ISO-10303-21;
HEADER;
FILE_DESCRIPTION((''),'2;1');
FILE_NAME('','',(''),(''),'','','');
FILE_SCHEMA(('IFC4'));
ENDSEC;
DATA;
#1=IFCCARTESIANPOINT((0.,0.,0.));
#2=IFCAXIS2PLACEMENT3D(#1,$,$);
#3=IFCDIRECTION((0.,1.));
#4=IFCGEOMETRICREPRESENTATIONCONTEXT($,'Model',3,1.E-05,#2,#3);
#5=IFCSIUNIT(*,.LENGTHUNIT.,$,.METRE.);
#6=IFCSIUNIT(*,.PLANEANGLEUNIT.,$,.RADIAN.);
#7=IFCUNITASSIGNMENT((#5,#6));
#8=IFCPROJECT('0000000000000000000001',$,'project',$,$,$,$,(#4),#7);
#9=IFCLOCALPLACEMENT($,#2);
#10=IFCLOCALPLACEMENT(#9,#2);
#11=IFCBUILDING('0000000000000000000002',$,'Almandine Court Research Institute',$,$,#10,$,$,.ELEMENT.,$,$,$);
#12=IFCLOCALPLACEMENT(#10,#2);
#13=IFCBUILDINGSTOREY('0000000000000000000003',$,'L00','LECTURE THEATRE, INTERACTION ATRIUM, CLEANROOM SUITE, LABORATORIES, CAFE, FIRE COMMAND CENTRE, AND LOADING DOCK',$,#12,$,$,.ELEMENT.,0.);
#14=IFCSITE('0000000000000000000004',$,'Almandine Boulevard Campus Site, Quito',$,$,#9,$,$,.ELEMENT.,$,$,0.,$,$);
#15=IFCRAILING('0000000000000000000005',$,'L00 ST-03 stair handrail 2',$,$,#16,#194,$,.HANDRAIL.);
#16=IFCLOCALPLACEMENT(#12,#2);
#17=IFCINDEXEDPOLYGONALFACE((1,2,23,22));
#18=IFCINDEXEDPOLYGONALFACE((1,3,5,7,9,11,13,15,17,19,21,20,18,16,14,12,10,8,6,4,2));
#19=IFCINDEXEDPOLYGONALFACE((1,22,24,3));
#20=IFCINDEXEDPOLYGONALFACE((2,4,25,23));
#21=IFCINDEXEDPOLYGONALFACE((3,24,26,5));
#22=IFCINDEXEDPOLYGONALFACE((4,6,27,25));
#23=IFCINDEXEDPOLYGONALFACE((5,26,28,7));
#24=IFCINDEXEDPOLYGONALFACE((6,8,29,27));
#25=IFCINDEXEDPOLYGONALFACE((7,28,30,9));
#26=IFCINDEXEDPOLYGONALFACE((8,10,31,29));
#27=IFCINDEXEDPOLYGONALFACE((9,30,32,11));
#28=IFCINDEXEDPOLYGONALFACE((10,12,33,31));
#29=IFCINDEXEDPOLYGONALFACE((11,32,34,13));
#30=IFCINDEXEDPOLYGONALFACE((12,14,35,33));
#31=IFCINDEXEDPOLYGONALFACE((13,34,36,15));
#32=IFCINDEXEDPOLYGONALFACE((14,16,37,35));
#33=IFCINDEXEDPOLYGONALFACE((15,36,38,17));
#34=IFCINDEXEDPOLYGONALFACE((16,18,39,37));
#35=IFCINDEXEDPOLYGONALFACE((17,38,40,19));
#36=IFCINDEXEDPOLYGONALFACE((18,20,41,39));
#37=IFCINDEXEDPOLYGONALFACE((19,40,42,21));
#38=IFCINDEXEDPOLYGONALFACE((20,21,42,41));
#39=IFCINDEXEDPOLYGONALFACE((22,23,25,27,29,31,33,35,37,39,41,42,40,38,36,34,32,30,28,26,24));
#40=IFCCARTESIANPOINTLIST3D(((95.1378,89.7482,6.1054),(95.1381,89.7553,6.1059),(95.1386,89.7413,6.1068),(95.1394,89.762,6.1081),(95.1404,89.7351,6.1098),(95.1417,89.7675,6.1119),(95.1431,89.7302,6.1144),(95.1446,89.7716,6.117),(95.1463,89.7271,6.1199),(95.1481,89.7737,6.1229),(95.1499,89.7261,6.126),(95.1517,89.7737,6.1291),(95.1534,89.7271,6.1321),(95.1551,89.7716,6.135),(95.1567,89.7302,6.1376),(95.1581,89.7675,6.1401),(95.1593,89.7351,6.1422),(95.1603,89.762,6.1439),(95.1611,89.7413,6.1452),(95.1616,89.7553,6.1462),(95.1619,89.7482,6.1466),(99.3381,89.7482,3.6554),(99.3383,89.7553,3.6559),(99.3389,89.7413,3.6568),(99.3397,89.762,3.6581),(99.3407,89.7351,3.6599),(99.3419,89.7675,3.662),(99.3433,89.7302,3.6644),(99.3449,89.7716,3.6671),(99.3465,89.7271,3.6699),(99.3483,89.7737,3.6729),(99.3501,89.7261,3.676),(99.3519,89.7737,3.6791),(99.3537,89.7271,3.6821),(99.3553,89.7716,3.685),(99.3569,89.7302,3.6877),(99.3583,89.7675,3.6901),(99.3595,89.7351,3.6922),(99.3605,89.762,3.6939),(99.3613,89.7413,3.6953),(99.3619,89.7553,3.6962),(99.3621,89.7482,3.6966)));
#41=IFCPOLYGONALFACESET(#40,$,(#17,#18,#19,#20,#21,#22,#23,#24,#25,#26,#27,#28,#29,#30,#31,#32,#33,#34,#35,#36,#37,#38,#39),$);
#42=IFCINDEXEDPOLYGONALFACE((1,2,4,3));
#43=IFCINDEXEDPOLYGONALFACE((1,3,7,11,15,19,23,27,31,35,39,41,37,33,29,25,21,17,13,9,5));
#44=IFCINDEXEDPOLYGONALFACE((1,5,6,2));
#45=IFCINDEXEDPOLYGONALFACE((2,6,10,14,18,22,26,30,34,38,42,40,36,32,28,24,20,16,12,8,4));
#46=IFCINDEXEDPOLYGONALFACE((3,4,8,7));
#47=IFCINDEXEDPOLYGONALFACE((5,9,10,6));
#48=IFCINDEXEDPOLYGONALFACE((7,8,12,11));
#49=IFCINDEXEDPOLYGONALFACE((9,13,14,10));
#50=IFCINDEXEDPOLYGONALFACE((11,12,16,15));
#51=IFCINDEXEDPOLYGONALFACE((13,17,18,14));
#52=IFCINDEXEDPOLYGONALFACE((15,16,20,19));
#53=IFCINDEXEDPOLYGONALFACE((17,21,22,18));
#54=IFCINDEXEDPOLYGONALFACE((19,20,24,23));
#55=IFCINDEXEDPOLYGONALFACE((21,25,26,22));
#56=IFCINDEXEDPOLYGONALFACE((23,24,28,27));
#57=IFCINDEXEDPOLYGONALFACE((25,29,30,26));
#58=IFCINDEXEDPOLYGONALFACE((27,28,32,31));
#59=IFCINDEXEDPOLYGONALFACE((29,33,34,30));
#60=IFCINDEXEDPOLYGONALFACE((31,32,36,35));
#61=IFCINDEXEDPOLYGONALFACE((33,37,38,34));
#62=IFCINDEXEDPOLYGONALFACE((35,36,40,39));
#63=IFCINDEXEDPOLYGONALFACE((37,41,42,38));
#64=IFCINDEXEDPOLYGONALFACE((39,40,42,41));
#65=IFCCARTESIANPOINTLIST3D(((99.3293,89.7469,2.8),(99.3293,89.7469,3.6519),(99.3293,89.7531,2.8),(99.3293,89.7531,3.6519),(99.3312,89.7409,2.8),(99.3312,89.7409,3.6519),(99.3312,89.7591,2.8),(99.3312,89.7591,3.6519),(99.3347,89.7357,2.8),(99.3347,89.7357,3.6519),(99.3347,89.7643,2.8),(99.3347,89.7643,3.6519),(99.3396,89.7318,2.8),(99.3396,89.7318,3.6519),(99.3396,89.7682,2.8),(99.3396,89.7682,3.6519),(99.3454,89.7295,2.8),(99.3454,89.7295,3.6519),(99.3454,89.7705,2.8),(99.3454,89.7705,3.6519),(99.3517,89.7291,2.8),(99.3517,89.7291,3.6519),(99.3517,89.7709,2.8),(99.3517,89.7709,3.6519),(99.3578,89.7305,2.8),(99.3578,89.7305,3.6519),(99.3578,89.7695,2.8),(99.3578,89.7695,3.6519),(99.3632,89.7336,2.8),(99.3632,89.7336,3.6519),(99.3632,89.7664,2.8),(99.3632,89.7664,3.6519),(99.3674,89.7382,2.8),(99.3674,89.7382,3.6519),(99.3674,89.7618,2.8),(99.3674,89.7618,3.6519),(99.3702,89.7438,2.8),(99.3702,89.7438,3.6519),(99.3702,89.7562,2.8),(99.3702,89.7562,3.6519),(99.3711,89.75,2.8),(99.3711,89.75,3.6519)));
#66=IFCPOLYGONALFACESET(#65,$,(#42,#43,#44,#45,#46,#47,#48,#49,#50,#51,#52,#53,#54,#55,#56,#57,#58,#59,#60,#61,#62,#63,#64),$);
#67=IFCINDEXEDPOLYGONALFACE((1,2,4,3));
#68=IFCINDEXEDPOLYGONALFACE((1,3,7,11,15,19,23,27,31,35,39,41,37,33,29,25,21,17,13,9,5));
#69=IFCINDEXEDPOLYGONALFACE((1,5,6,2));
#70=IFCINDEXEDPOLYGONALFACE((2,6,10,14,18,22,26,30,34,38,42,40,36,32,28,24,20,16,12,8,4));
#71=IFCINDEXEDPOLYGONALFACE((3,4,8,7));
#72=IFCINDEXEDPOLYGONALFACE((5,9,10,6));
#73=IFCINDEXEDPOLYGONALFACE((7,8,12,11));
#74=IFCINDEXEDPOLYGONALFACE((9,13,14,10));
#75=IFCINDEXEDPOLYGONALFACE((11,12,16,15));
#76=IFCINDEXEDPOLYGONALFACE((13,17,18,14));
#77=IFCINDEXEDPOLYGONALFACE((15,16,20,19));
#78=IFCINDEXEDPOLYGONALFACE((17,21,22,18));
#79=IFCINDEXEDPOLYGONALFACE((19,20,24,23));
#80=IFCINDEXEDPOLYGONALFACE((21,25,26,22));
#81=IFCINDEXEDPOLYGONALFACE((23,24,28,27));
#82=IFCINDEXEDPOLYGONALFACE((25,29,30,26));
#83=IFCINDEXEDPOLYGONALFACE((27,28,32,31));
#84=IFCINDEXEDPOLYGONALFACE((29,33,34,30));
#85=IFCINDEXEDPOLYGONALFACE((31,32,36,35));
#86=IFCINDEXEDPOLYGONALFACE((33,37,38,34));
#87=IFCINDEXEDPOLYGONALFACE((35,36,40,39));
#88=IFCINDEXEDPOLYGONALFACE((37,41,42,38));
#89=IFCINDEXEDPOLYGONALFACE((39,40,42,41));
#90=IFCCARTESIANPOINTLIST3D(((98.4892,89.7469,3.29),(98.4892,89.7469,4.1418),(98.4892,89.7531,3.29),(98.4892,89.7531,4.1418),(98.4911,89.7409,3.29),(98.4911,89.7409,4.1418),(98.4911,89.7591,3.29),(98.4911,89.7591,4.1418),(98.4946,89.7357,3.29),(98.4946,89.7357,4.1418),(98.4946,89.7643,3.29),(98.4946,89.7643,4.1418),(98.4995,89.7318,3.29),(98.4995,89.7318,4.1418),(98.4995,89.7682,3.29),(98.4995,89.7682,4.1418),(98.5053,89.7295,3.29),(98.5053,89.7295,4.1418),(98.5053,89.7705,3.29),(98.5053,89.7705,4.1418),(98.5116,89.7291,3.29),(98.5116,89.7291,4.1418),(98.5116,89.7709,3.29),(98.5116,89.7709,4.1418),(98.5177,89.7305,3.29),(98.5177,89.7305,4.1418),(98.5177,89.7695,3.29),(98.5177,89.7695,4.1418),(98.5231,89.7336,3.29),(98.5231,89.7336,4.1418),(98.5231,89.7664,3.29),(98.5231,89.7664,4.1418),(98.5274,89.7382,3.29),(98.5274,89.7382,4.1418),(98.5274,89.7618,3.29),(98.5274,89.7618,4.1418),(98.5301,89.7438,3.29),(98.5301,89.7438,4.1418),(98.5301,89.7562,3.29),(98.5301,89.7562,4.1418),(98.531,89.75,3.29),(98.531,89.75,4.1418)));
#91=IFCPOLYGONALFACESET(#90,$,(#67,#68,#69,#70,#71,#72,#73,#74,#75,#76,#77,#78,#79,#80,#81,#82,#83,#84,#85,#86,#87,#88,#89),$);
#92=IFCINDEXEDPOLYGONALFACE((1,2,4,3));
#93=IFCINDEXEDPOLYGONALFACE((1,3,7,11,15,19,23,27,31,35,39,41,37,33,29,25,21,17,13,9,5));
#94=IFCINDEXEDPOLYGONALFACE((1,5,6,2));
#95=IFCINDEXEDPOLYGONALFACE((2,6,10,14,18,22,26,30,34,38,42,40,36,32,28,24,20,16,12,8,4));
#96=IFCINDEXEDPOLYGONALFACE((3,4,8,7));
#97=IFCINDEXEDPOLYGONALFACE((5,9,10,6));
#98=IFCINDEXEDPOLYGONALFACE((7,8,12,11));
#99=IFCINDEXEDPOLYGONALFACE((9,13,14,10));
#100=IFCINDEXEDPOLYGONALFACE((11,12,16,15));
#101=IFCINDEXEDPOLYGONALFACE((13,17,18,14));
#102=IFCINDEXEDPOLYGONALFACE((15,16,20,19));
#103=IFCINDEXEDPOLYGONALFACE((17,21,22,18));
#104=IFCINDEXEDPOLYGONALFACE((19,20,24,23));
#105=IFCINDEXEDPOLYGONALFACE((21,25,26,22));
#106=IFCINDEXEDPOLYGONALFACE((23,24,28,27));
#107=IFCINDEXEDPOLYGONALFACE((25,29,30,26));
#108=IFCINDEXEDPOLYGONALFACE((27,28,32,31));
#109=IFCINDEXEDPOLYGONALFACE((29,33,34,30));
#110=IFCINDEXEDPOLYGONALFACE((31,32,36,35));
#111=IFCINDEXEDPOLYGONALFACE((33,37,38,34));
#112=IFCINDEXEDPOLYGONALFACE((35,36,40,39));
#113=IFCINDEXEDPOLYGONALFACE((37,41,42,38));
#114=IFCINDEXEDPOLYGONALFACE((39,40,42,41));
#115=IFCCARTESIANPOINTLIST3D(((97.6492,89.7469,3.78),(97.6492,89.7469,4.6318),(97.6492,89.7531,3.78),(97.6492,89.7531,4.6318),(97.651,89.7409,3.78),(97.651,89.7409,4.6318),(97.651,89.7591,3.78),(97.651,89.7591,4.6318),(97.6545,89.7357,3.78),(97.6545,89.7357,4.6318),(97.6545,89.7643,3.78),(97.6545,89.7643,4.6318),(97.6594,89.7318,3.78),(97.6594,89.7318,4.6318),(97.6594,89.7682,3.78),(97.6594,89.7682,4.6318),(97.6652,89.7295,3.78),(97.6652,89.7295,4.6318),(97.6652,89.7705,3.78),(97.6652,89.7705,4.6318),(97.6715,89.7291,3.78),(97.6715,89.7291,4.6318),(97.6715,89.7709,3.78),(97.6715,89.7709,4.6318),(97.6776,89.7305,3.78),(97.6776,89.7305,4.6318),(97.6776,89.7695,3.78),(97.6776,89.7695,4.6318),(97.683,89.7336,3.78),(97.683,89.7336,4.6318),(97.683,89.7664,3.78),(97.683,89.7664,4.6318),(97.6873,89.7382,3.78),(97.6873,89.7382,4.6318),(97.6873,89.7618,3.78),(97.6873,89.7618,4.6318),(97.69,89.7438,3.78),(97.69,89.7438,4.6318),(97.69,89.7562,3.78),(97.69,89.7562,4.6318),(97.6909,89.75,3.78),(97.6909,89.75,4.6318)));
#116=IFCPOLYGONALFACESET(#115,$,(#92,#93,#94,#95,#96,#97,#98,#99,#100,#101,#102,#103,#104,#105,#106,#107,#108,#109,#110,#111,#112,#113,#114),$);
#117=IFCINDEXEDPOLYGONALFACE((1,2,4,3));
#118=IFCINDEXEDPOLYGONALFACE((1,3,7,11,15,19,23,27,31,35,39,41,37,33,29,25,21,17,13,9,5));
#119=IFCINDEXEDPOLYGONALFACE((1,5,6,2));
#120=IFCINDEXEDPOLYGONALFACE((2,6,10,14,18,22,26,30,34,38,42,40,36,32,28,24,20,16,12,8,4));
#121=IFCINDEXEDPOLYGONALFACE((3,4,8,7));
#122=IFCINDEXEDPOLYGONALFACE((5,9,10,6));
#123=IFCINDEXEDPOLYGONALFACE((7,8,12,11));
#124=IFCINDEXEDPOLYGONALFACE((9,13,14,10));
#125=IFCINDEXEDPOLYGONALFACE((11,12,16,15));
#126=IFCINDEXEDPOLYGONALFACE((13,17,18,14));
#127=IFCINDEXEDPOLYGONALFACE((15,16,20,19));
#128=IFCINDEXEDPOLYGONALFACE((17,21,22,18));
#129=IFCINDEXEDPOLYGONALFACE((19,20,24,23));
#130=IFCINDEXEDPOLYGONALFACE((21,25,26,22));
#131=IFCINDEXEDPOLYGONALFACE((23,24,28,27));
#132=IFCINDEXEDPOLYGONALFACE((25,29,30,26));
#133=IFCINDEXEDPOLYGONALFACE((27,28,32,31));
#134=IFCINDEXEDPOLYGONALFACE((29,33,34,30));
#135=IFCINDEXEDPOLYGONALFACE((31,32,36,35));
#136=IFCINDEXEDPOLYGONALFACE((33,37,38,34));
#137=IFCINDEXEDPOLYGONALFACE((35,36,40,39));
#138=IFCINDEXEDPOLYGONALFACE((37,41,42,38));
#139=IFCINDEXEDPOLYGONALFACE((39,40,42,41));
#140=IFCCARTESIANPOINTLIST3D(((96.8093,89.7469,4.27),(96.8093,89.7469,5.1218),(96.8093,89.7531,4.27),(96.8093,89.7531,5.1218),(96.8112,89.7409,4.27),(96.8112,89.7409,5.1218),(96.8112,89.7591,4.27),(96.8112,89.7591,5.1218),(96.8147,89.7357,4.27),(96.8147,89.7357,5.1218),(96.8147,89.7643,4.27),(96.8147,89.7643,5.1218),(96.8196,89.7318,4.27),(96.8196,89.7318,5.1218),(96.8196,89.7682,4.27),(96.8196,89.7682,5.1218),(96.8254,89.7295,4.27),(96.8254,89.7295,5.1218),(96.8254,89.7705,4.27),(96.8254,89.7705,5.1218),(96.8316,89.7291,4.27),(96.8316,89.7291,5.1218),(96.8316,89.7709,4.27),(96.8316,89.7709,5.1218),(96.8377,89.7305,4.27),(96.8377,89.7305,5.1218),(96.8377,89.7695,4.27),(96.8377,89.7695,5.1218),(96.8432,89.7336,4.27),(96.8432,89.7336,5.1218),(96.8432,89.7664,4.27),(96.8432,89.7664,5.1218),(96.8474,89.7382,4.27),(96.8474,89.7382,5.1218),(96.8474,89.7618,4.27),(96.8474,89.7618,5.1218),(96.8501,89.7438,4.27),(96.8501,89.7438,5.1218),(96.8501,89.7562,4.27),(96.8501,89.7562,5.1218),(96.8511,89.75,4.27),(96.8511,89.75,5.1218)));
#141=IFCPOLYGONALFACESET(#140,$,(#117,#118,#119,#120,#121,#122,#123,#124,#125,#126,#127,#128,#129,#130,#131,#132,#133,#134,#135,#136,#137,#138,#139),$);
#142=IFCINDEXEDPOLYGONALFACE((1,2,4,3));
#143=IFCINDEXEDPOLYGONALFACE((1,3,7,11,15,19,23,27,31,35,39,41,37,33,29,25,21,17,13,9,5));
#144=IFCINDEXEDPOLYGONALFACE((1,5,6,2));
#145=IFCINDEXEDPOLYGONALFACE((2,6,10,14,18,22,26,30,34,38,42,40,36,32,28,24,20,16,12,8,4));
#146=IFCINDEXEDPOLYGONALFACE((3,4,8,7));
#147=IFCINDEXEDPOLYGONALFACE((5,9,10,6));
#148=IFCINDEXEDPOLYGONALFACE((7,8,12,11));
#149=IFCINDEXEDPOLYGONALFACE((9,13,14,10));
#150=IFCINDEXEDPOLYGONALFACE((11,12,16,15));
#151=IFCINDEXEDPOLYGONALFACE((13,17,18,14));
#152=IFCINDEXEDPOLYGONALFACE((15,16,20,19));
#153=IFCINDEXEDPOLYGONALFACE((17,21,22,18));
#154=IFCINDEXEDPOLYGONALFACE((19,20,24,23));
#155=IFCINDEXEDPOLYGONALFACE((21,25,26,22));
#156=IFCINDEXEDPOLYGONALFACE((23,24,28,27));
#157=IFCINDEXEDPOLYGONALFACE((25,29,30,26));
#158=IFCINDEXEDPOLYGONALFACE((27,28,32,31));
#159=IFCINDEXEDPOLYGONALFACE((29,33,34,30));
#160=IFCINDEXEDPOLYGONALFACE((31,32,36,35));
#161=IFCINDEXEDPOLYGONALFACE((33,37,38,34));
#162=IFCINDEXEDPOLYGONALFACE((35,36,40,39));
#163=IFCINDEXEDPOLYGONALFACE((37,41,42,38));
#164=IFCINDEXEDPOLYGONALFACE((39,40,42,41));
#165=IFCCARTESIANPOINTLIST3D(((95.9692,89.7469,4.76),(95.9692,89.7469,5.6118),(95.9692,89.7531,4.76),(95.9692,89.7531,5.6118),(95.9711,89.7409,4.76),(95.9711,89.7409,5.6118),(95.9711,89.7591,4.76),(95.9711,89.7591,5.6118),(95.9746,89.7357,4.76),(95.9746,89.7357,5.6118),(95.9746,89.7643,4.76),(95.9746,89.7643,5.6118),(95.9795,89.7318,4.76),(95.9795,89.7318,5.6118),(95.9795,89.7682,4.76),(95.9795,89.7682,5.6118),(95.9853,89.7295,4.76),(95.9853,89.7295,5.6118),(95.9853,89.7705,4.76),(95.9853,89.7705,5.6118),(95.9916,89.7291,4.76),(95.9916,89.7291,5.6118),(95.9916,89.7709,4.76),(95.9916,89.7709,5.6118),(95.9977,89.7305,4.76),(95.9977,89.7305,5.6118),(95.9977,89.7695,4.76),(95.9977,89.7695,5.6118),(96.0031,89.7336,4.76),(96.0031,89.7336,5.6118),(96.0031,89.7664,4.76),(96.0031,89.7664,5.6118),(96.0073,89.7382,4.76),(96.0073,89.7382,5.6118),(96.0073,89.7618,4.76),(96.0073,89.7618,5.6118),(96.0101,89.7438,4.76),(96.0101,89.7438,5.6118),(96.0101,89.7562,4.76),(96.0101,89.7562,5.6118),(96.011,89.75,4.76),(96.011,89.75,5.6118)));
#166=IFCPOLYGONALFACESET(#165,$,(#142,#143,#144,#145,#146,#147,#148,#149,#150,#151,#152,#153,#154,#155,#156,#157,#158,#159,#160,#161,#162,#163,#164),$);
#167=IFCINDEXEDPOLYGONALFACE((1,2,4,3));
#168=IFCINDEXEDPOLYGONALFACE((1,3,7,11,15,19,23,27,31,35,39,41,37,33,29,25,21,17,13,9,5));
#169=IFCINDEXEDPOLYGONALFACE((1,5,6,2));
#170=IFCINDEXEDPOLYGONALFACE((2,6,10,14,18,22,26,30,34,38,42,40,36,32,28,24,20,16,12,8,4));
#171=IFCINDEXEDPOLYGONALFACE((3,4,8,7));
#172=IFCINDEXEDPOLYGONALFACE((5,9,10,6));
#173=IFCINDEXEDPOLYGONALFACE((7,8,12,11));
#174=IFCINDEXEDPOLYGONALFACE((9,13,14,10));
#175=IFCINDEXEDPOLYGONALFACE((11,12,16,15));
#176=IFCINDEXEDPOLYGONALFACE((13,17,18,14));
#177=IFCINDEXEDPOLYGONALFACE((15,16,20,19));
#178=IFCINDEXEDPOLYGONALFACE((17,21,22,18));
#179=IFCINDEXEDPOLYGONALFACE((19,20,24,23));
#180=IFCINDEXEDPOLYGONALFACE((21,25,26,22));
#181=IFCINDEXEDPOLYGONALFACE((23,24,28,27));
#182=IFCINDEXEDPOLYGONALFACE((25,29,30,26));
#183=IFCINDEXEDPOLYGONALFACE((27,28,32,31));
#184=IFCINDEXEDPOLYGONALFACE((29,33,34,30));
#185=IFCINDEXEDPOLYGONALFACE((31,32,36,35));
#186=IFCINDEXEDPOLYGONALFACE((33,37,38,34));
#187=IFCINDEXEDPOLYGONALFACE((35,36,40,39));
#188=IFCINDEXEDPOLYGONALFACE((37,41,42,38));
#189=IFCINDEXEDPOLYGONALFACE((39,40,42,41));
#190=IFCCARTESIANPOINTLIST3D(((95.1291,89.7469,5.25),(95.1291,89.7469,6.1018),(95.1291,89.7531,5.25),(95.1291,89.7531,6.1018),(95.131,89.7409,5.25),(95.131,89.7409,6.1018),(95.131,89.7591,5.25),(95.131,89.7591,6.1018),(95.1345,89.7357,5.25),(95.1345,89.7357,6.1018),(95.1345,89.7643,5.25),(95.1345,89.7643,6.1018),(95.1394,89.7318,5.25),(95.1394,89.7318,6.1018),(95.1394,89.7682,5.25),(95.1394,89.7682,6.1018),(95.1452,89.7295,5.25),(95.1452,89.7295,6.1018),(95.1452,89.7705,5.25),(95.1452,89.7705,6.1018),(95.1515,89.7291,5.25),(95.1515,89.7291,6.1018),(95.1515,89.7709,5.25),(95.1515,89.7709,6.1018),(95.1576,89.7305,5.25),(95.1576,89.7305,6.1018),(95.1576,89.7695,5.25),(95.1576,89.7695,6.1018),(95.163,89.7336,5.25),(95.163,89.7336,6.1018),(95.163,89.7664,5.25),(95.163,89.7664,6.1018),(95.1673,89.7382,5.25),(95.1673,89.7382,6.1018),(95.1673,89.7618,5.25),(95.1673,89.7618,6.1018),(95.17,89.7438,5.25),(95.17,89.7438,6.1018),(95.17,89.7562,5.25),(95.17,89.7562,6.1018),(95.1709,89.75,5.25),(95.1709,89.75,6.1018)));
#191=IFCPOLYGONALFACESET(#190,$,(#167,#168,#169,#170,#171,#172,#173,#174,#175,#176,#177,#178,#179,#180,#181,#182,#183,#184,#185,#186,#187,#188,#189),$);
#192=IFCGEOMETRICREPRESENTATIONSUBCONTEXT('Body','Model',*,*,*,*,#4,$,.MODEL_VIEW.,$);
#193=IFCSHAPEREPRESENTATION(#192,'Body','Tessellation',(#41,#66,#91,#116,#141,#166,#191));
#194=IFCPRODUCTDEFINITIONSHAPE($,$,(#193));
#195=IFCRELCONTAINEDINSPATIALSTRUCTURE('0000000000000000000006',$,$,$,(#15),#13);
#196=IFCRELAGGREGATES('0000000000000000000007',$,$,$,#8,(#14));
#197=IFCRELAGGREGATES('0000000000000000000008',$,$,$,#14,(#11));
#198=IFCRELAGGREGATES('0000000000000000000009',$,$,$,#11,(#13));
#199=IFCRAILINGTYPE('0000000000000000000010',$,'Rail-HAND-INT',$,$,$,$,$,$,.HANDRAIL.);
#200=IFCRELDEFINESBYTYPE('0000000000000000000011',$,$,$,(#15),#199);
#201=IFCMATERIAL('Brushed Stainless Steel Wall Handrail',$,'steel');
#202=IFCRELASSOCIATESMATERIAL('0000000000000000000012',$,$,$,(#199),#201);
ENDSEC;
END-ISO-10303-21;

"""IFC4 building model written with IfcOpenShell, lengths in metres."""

from ifc_helpers import new_model, si_unit, direction, frame, origin, origin_2d, place, context, subcontext, project, spatial, circle, extrude, material, type_object, element, save


model = new_model("IFC4")

# Units and contexts
model_context = context("Model", 3, precision=1e-05, world=origin(), true_north=direction((0.0, 1.0)))
body_context = subcontext(model_context, "Body", "Model", "MODEL_VIEW")
ifc_project = project(units=[si_unit("LENGTHUNIT", "METRE"), si_unit("PLANEANGLEUNIT", "RADIAN")], contexts=[model_context])

# Site, building, storey
site_placement = place(None, origin())
site = spatial("IfcSite", under=ifc_project, at=site_placement, Name="Almandine Boulevard Campus Site, Quito", CompositionType="ELEMENT", RefElevation=0.0)
building_placement = place(site_placement, origin())
building = spatial("IfcBuilding", under=site, at=building_placement, Name="Almandine Court Research Institute", CompositionType="ELEMENT")
storey_placement = place(building_placement, origin())
storey = spatial("IfcBuildingStorey", under=building, at=storey_placement, Name="L00", Description="LECTURE THEATRE, INTERACTION ATRIUM, CLEANROOM SUITE, LABORATORIES, CAFE, FIRE COMMAND CENTRE, AND LOADING DOCK", CompositionType="ELEMENT", Elevation=0.0)

# Railing
ifc_material_1 = material(Name="Brushed Stainless Steel Wall Handrail", Category="steel")
railing_type_1 = type_object("IfcRailingType", Name="Rail-HAND-INT", PredefinedType="HANDRAIL", material=ifc_material_1)
railing_1_placement = place(storey_placement, frame((99.3501, 89.75, 2.8)))
element("IfcRailing", 1, at=railing_1_placement, inside=storey, type_object=railing_type_1, Name="L00 ST-03 stair handrail 2", PredefinedType="HANDRAIL", context=body_context, shape_type="SweptSolid", body=[
    extrude(circle(Radius=0.0239, at=origin_2d()), frame((0.0, 0.0, 0.876), z_axis=(-0.863793, 0.0, 0.503846), x_axis=(0.0, -1.0, 0.0)), (0.0, 0.0, 1.0), 4.8625),
    extrude(circle(Radius=0.021, at=origin_2d()), origin(), (0.0, 0.0, 1.0), 0.8518),
    extrude(circle(Radius=0.021, at=origin_2d()), frame((-0.8401, 0.0, 0.49)), (0.0, 0.0, 1.0), 0.8518),
    extrude(circle(Radius=0.021, at=origin_2d()), frame((-1.6802, 0.0, 0.98)), (0.0, 0.0, 1.0), 0.8518),
    extrude(circle(Radius=0.021, at=origin_2d()), frame((-2.52, 0.0, 1.47)), (0.0, 0.0, 1.0), 0.8518),
    extrude(circle(Radius=0.021, at=origin_2d()), frame((-3.3601, 0.0, 1.96)), (0.0, 0.0, 1.0), 0.8518),
    extrude(circle(Radius=0.021, at=origin_2d()), frame((-4.2002, 0.0, 2.45)), (0.0, 0.0, 1.0), 0.8518),
])

save(model, "model.ifc")
